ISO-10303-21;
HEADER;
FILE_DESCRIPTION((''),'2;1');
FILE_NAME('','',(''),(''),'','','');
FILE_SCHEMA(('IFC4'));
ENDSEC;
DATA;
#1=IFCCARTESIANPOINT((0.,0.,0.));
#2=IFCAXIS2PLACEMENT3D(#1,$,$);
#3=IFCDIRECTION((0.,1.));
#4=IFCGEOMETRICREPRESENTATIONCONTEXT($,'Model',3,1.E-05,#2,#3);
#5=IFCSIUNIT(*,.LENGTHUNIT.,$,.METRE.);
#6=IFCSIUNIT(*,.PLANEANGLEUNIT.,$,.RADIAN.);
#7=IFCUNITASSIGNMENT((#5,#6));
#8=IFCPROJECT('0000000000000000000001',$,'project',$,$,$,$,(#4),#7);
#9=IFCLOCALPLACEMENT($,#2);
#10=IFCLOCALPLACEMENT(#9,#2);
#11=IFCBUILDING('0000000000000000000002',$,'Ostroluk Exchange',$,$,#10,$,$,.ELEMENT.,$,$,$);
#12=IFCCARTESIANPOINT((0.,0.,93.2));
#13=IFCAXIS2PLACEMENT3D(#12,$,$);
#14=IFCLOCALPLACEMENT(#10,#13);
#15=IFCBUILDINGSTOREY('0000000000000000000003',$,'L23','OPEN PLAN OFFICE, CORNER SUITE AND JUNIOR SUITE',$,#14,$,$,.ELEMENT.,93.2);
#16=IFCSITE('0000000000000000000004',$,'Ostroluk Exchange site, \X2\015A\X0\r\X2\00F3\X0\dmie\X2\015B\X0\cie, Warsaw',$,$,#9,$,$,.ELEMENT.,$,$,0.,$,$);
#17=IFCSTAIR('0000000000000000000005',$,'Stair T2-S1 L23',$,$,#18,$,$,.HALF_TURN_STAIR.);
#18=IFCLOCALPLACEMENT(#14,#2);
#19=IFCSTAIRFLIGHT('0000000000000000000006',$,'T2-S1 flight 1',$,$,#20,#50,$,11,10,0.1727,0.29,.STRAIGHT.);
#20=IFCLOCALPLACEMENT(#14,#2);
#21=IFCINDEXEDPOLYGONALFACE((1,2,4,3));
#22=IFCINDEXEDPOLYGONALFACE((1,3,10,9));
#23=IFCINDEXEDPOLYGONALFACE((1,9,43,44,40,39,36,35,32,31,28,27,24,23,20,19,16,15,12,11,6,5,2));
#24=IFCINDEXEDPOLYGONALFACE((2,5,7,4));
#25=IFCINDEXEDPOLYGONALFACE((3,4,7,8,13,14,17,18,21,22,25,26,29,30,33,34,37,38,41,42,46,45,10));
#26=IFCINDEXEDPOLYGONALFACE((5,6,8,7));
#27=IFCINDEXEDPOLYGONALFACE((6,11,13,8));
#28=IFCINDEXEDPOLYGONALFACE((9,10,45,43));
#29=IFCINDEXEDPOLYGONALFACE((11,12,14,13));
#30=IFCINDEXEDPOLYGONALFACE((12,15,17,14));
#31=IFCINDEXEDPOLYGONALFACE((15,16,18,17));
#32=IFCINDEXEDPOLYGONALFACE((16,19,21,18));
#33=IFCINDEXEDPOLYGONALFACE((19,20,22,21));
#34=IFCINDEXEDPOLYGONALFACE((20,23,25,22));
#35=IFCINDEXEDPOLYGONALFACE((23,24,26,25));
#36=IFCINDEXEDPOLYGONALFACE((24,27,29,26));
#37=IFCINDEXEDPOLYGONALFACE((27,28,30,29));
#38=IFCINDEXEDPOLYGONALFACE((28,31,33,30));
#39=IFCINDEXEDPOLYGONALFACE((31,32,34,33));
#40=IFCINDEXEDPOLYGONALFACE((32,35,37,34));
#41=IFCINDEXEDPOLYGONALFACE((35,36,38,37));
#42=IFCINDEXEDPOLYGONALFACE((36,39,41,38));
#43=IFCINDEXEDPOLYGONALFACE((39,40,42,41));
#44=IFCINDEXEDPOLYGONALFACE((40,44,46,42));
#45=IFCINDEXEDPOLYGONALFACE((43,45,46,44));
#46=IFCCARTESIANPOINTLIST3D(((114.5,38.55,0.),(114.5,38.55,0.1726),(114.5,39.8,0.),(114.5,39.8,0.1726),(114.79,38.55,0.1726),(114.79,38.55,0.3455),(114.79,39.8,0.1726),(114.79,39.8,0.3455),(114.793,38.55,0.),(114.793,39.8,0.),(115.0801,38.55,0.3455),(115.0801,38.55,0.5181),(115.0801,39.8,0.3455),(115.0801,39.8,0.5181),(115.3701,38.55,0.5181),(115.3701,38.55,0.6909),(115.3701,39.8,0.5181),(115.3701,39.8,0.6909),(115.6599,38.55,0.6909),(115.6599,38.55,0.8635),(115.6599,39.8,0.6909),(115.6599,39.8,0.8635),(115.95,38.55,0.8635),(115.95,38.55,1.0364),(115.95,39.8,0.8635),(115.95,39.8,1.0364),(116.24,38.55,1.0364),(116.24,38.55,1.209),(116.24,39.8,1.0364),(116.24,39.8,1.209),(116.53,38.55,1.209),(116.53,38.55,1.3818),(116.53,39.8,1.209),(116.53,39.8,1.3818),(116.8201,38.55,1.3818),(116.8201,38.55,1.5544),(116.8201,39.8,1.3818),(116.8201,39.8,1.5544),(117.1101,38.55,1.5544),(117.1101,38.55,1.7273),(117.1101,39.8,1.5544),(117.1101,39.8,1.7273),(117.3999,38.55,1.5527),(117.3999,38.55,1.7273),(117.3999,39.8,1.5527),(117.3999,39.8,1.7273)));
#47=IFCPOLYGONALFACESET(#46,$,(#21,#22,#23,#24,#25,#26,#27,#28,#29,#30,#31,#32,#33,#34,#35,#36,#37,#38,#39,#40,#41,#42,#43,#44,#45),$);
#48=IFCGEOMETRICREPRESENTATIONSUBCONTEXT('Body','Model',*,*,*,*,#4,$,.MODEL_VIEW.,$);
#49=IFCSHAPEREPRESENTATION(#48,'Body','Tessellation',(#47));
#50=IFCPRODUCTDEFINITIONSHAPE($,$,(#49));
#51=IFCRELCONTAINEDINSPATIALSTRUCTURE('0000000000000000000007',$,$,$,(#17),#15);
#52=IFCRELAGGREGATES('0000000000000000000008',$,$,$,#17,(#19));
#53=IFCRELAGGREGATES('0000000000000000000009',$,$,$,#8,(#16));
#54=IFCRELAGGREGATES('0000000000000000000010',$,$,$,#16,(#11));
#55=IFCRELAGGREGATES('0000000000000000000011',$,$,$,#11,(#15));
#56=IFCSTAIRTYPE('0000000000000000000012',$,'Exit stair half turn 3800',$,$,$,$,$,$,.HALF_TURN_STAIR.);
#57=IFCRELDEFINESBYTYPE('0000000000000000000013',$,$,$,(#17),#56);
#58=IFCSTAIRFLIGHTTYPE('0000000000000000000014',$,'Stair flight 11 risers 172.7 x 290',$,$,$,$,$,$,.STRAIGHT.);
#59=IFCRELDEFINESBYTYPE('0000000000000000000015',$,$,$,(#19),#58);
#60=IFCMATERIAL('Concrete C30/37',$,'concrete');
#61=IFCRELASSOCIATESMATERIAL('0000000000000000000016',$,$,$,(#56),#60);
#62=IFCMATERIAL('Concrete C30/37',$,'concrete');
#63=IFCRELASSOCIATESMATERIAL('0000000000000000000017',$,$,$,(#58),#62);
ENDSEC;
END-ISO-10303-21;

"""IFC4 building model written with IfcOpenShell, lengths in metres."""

from ifc_helpers import new_model, si_unit, direction, frame, origin, place, context, subcontext, project, spatial, polyline, outline, extrude, material, type_object, element, aggregate, save


model = new_model("IFC4")

# Units and contexts
model_context = context("Model", 3, precision=1e-05, world=origin(), true_north=direction((0.0, 1.0)))
body_context = subcontext(model_context, "Body", "Model", "MODEL_VIEW")
ifc_project = project(units=[si_unit("LENGTHUNIT", "METRE"), si_unit("PLANEANGLEUNIT", "RADIAN")], contexts=[model_context])

# Site, building, storey
site_placement = place(None, origin())
site = spatial("IfcSite", under=ifc_project, at=site_placement, Name="Ostroluk Exchange site, Śródmieście, Warsaw", CompositionType="ELEMENT", RefElevation=0.0)
building_placement = place(site_placement, origin())
building = spatial("IfcBuilding", under=site, at=building_placement, Name="Ostroluk Exchange", CompositionType="ELEMENT")
storey_placement = place(building_placement, frame((0.0, 0.0, 93.2)))
storey = spatial("IfcBuildingStorey", under=building, at=storey_placement, Name="L23", Description="OPEN PLAN OFFICE, CORNER SUITE AND JUNIOR SUITE", CompositionType="ELEMENT", Elevation=93.2)

# Stair, stair flight
ifc_material_1 = material(Name="Concrete C30/37", Category="concrete")
stair_type = type_object("IfcStairType", Name="Exit stair half turn 3800", PredefinedType="HALF_TURN_STAIR", material=ifc_material_1)
stair_placement = place(storey_placement, origin())
stair = element("IfcStair", 1, at=stair_placement, inside=storey, type_object=stair_type, Name="Stair T2-S1 L23", PredefinedType="HALF_TURN_STAIR")
ifc_material_2 = material(Name="Concrete C30/37", Category="concrete")
stair_flight_type = type_object("IfcStairFlightType", Name="Stair flight 11 risers 172.7 x 290", PredefinedType="STRAIGHT", material=ifc_material_2)
stair_flight_placement = place(storey_placement, frame((114.5, 39.175, 0.0), z_axis=(0.0, 0.0, 1.0), x_axis=(1.0, 0.0, 0.0)))
stair_flight = element("IfcStairFlight", 2, at=stair_flight_placement, type_object=stair_flight_type, Name="T2-S1 flight 1", NumberOfRisers=11, NumberOfTreads=10, PredefinedType="STRAIGHT", RiserHeight=0.1727, TreadLength=0.29, context=body_context, shape_type="SweptSolid", body=[
    extrude(outline(polyline([(0.0, 0.0), (0.0, 0.1726), (0.29, 0.1726), (0.29, 0.3455), (0.5801, 0.3455), (0.5801, 0.5181), (0.8701, 0.5181), (0.8701, 0.6909), (1.1599, 0.6909), (1.1599, 0.8635), (1.45, 0.8635), (1.45, 1.0364), (1.74, 1.0364), (1.74, 1.209), (2.03, 1.209), (2.03, 1.3818), (2.3201, 1.3818), (2.3201, 1.5544), (2.6101, 1.5544), (2.6101, 1.7273), (2.8999, 1.7273), (2.8999, 1.8999), (2.8999, 1.5527), (0.293, 0.0), (0.0, 0.0)])), frame((0.0, 0.625, 0.0), z_axis=(0.0, -1.0, 0.0), x_axis=(1.0, 0.0, 0.0)), (0.0, 0.0, 1.0), 1.25),
])
aggregate(stair, [stair_flight])

save(model, "model.ifc")
